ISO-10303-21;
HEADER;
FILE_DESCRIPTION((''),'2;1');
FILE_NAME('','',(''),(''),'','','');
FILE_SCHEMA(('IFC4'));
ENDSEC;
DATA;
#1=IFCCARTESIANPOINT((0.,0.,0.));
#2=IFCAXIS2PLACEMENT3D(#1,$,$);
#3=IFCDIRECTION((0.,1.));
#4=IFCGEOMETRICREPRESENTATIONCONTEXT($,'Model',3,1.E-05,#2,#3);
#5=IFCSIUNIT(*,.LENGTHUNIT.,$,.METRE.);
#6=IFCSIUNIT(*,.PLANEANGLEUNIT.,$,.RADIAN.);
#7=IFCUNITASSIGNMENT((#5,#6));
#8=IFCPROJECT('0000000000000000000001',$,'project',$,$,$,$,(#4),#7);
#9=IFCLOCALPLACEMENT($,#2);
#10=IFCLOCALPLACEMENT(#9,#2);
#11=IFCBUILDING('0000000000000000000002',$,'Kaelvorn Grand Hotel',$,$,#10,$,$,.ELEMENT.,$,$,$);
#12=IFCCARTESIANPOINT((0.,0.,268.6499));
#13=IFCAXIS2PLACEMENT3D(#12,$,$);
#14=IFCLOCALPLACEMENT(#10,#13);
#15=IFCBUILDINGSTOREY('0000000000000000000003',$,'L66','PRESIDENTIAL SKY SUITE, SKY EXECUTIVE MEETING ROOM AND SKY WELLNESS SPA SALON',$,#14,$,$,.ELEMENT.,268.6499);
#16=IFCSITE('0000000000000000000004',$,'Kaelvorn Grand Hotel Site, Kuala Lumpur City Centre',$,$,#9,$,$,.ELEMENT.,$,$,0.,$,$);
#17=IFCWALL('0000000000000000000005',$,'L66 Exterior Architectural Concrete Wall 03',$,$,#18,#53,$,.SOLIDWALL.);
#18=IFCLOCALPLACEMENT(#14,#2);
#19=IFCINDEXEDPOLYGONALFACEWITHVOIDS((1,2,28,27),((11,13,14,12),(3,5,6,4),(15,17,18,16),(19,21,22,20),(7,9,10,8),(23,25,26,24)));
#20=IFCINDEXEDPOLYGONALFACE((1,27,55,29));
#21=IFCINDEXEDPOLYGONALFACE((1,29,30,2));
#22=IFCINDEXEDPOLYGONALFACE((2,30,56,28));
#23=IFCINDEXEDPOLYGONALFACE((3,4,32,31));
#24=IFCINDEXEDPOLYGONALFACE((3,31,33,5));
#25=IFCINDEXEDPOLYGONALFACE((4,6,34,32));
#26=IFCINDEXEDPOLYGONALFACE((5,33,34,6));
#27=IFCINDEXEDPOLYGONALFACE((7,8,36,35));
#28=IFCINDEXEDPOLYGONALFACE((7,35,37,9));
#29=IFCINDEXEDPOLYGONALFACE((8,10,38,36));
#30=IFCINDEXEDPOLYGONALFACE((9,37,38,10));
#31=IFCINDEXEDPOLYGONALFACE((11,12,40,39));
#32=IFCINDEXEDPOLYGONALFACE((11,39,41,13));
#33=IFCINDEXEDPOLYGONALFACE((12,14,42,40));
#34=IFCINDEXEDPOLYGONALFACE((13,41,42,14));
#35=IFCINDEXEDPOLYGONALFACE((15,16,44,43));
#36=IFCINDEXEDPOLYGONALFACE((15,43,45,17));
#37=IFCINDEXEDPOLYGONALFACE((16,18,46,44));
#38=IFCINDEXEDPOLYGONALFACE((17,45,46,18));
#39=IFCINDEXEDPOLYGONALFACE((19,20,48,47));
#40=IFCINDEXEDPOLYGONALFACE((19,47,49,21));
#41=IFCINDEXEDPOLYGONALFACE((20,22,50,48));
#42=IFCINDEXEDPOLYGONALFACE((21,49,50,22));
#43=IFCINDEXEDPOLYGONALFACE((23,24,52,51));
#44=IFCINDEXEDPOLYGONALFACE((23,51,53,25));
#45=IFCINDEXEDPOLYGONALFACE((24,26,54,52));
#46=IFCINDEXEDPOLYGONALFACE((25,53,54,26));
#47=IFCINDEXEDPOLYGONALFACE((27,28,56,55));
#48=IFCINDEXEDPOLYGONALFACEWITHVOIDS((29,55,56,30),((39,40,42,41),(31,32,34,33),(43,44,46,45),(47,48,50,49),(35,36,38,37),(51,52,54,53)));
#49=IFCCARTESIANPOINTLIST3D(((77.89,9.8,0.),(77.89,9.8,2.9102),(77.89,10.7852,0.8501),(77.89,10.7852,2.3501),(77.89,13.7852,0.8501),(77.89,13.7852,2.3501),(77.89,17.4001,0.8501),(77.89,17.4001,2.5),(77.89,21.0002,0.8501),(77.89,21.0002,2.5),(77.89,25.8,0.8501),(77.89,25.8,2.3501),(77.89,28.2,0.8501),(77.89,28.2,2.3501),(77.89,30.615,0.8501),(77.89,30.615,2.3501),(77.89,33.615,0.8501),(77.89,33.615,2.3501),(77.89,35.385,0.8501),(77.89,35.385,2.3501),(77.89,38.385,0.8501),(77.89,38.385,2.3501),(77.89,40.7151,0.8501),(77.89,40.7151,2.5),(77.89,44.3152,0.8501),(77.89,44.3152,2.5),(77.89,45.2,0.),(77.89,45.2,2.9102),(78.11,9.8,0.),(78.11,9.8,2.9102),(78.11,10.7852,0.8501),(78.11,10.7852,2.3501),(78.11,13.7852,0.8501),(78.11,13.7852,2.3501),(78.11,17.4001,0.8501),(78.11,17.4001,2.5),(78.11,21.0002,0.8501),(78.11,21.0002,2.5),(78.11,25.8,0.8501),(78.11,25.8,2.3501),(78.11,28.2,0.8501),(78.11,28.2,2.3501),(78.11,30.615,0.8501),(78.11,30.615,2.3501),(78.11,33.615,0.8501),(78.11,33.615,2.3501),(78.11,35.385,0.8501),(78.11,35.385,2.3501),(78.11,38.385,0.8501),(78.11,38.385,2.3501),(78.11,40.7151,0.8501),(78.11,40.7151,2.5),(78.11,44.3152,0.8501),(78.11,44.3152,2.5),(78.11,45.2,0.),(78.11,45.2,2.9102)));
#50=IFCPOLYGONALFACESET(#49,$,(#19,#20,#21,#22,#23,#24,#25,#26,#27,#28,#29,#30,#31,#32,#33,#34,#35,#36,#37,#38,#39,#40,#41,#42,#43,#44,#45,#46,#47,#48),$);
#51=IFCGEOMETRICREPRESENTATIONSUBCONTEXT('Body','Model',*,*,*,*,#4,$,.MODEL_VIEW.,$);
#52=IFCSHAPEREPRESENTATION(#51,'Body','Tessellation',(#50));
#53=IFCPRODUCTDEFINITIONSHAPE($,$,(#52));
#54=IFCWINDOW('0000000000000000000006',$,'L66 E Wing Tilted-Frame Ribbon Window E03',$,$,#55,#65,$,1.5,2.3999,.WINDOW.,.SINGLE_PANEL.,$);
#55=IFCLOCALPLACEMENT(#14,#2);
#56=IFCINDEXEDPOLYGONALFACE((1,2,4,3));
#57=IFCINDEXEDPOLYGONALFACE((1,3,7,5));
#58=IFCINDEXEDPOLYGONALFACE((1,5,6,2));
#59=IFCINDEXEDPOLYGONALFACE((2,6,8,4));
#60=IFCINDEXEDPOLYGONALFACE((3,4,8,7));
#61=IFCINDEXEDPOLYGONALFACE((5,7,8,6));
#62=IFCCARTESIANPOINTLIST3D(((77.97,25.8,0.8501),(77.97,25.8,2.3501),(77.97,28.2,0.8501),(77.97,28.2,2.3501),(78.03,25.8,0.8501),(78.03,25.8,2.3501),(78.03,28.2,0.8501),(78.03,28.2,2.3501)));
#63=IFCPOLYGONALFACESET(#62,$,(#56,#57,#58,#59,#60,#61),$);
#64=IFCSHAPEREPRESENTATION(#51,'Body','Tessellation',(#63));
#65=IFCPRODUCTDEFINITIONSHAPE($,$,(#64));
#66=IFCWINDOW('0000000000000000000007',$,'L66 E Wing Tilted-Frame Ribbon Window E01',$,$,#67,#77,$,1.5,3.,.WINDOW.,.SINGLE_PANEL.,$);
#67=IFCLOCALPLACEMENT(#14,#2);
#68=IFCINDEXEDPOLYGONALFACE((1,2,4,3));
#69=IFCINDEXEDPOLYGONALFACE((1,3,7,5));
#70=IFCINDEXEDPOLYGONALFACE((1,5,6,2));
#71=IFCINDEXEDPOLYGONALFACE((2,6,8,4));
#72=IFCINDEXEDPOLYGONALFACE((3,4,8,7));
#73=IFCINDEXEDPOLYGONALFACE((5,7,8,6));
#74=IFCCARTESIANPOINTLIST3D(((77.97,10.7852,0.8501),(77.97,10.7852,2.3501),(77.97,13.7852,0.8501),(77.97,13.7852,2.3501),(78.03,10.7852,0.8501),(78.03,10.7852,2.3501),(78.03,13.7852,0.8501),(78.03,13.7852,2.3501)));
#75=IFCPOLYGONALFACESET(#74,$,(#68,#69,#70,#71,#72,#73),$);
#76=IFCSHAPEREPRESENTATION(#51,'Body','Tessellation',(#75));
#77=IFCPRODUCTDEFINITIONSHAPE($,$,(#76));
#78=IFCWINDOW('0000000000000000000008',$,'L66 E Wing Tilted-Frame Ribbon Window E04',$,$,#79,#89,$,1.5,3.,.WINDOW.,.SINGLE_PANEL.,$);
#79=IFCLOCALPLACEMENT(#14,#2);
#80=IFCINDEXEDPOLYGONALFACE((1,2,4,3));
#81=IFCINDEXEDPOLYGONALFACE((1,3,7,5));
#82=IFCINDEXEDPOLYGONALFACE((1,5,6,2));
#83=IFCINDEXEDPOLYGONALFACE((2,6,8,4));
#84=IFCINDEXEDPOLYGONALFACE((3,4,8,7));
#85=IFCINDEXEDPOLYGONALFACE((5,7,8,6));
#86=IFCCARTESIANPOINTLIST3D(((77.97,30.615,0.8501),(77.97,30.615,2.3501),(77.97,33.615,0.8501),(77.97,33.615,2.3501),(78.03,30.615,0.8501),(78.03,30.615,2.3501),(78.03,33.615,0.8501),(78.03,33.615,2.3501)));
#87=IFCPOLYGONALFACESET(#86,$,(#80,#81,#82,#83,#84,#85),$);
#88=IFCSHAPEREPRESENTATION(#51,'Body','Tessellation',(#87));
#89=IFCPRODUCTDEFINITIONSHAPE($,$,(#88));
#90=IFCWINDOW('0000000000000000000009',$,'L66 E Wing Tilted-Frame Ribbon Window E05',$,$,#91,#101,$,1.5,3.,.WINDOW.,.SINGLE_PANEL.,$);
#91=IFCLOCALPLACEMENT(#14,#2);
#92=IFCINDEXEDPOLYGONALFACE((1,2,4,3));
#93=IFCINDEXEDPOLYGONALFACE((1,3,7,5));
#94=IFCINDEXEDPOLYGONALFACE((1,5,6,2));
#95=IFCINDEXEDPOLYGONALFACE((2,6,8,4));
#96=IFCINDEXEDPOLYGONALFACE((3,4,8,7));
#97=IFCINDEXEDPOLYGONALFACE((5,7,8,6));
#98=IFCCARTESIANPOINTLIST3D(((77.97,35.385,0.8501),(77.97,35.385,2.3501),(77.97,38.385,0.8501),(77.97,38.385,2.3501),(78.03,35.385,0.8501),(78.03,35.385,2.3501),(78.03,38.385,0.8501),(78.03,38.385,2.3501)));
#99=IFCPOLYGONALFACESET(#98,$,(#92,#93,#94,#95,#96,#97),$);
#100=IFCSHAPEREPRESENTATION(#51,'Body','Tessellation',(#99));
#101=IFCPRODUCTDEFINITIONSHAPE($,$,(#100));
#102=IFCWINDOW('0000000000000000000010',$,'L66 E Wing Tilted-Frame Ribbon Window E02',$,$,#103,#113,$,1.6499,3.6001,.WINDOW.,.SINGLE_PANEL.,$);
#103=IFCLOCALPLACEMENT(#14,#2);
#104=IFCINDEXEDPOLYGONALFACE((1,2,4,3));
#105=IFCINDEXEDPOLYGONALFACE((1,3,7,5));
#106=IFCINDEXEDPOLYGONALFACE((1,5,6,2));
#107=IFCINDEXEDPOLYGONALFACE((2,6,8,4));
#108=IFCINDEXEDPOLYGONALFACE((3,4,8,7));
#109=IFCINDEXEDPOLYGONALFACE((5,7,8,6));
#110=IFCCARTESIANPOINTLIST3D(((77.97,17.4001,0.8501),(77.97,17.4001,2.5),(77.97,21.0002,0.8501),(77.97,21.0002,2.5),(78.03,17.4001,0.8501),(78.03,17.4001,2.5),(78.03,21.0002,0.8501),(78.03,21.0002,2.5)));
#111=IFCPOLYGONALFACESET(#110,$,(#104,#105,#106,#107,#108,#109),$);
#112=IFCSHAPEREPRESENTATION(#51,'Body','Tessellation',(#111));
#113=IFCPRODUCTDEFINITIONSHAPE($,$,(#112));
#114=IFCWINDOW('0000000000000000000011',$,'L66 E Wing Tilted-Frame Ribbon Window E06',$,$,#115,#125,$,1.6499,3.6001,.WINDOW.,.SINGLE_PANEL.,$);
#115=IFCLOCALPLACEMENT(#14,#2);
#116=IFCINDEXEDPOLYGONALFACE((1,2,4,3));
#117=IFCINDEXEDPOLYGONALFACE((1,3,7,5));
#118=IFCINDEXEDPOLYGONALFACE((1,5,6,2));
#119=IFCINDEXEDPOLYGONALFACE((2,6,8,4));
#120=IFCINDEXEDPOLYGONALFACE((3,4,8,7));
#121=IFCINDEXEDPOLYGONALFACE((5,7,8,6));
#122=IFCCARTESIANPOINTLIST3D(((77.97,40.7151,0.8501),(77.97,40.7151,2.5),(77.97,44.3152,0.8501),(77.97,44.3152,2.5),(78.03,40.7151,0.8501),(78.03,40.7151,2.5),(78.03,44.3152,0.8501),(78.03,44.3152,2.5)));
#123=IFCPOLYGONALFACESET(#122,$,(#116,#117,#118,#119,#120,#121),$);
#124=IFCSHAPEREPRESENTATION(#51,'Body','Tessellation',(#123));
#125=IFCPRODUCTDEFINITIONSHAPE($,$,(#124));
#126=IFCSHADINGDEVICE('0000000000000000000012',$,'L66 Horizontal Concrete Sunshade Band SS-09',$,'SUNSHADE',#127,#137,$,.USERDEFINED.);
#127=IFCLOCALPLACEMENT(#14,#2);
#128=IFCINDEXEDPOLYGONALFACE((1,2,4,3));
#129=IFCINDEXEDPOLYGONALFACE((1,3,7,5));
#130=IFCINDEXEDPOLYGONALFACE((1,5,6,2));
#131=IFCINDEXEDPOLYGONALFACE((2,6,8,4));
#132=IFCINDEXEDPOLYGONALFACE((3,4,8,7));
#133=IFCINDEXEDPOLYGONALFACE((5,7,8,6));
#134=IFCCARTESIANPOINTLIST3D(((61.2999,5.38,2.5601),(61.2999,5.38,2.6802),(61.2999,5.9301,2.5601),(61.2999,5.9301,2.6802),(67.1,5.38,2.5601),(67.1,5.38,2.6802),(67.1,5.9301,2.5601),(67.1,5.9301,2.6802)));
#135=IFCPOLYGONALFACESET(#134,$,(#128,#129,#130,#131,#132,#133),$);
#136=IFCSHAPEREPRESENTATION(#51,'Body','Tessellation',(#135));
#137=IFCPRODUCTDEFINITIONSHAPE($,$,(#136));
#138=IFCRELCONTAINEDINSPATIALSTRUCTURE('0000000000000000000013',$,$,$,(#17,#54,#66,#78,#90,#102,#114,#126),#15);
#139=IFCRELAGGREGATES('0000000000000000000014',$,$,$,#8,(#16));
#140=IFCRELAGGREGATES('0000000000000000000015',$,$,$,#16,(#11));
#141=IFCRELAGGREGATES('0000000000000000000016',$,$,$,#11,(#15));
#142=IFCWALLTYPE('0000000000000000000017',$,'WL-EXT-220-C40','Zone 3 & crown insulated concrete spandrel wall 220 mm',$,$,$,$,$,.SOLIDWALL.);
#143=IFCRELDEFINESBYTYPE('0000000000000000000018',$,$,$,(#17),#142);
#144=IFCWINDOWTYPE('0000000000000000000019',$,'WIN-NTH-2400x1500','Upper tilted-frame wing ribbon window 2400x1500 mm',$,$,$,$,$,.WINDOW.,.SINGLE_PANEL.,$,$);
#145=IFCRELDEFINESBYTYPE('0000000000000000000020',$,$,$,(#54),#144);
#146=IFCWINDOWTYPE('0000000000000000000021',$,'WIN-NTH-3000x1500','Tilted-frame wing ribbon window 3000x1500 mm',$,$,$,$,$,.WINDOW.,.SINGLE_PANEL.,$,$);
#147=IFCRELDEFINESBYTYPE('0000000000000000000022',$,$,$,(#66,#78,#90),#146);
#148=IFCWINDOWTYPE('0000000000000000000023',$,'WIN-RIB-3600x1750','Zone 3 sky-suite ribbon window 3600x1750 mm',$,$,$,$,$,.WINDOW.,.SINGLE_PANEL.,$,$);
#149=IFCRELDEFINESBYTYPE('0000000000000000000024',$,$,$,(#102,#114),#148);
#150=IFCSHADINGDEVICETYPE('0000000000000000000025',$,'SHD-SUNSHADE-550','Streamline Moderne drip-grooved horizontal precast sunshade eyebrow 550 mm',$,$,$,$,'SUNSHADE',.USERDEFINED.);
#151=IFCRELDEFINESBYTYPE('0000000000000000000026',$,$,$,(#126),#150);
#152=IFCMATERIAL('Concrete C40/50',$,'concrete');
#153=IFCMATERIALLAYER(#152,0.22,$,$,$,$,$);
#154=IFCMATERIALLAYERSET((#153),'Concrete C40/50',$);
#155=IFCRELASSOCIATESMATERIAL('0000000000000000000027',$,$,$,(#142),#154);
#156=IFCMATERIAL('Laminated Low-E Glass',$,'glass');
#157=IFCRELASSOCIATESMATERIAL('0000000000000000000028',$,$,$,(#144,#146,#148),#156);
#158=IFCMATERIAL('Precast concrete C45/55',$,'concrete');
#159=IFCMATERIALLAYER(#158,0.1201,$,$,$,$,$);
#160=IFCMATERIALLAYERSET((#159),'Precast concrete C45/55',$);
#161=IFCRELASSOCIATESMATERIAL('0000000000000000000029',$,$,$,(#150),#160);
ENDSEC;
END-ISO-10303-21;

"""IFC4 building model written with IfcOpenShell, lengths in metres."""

from ifc_helpers import new_model, si_unit, direction, frame, frame_2d, origin, origin_2d, place, context, subcontext, project, spatial, rectangle, extrude, material, layer, layer_set, type_object, element, fill, save


model = new_model("IFC4")

# Units and contexts
model_context = context("Model", 3, precision=1e-05, world=origin(), true_north=direction((0.0, 1.0)))
body_context = subcontext(model_context, "Body", "Model", "MODEL_VIEW")
ifc_project = project(units=[si_unit("LENGTHUNIT", "METRE"), si_unit("PLANEANGLEUNIT", "RADIAN")], contexts=[model_context])

# Site, building, storey
site_placement = place(None, origin())
site = spatial("IfcSite", under=ifc_project, at=site_placement, Name="Kaelvorn Grand Hotel Site, Kuala Lumpur City Centre", CompositionType="ELEMENT", RefElevation=0.0)
building_placement = place(site_placement, origin())
building = spatial("IfcBuilding", under=site, at=building_placement, Name="Kaelvorn Grand Hotel", CompositionType="ELEMENT")
storey_placement = place(building_placement, frame((0.0, 0.0, 268.6499)))
storey = spatial("IfcBuildingStorey", under=building, at=storey_placement, Name="L66", Description="PRESIDENTIAL SKY SUITE, SKY EXECUTIVE MEETING ROOM AND SKY WELLNESS SPA SALON", CompositionType="ELEMENT", Elevation=268.6499)

# Shared definitions
ifc_material_1 = material(Name="Concrete C40/50", Category="concrete")

# Shared definitions
ifc_material_2 = material(Name="Precast concrete C45/55", Category="concrete")

# Shared definitions
ifc_layer_1 = layer(ifc_material_1, 0.22)
ifc_layer_set_1 = layer_set([ifc_layer_1], Name="Concrete C40/50")
wall_type = type_object("IfcWallType", Name="WL-EXT-220-C40", Description="Zone 3 & crown insulated concrete spandrel wall 220 mm", PredefinedType="SOLIDWALL", material=ifc_layer_set_1)
ifc_material_3 = material(Name="Laminated Low-E Glass", Category="glass")

# Wall, openings, windows
wall_1_placement = place(storey_placement, frame((78.0, 9.8, 0.0), z_axis=(0.0, 0.0, 1.0), x_axis=(0.0, 1.0, 0.0)))
wall_1 = element("IfcWall", 1, at=wall_1_placement, inside=storey, type_object=wall_type, Name="L66 Exterior Architectural Concrete Wall 03", PredefinedType="SOLIDWALL", context=body_context, shape_type="SweptSolid", body=[
    extrude(rectangle(XDim=35.3999, YDim=0.22, at=frame_2d((17.7, 0.0))), origin(), (0.0, 0.0, 1.0), 2.9102),
])
opening_1_placement = place(wall_1_placement, frame((0.9851, 0.0, 0.8501)))
opening_1 = element("IfcOpeningElement", 2, at=opening_1_placement, cuts=wall_1, PredefinedType="OPENING", context=body_context, shape_type="SweptSolid", body=[
    extrude(rectangle(XDim=3.0, YDim=1.5, at=frame_2d((1.5, 0.75))), frame((0.0, 0.1201, 0.0), z_axis=(0.0, -1.0, 0.0), x_axis=(1.0, 0.0, 0.0)), (0.0, 0.0, 1.0), 0.24),
])
opening_2_placement = place(wall_1_placement, frame((7.6001, 0.0, 0.8501)))
opening_2 = element("IfcOpeningElement", 3, at=opening_2_placement, cuts=wall_1, PredefinedType="OPENING", context=body_context, shape_type="SweptSolid", body=[
    extrude(rectangle(XDim=3.6001, YDim=1.6499, at=frame_2d((1.8, 0.825))), frame((0.0, 0.1201, 0.0), z_axis=(0.0, -1.0, 0.0), x_axis=(1.0, 0.0, 0.0)), (0.0, 0.0, 1.0), 0.24),
])
opening_3_placement = place(wall_1_placement, frame((16.0, 0.0, 0.8501)))
opening_3 = element("IfcOpeningElement", 4, at=opening_3_placement, cuts=wall_1, PredefinedType="OPENING", context=body_context, shape_type="SweptSolid", body=[
    extrude(rectangle(XDim=2.3999, YDim=1.5, at=frame_2d((1.2, 0.75))), frame((0.0, 0.1201, 0.0), z_axis=(0.0, -1.0, 0.0), x_axis=(1.0, 0.0, 0.0)), (0.0, 0.0, 1.0), 0.24),
])
opening_4_placement = place(wall_1_placement, frame((20.8149, 0.0, 0.8501)))
opening_4 = element("IfcOpeningElement", 5, at=opening_4_placement, cuts=wall_1, PredefinedType="OPENING", context=body_context, shape_type="SweptSolid", body=[
    extrude(rectangle(XDim=3.0, YDim=1.5, at=frame_2d((1.5, 0.75))), frame((0.0, 0.1201, 0.0), z_axis=(0.0, -1.0, 0.0), x_axis=(1.0, 0.0, 0.0)), (0.0, 0.0, 1.0), 0.24),
])
opening_5_placement = place(wall_1_placement, frame((25.585, 0.0, 0.8501)))
opening_5 = element("IfcOpeningElement", 6, at=opening_5_placement, cuts=wall_1, PredefinedType="OPENING", context=body_context, shape_type="SweptSolid", body=[
    extrude(rectangle(XDim=3.0, YDim=1.5, at=frame_2d((1.5, 0.75))), frame((0.0, 0.1201, 0.0), z_axis=(0.0, -1.0, 0.0), x_axis=(1.0, 0.0, 0.0)), (0.0, 0.0, 1.0), 0.24),
])
opening_6_placement = place(wall_1_placement, frame((30.915, 0.0, 0.8501)))
opening_6 = element("IfcOpeningElement", 7, at=opening_6_placement, cuts=wall_1, PredefinedType="OPENING", context=body_context, shape_type="SweptSolid", body=[
    extrude(rectangle(XDim=3.6001, YDim=1.6499, at=frame_2d((1.8, 0.825))), frame((0.0, 0.1201, 0.0), z_axis=(0.0, -1.0, 0.0), x_axis=(1.0, 0.0, 0.0)), (0.0, 0.0, 1.0), 0.24),
])
window_type_1 = type_object("IfcWindowType", Name="WIN-NTH-2400x1500", Description="Upper tilted-frame wing ribbon window 2400x1500 mm", PartitioningType="SINGLE_PANEL", PredefinedType="WINDOW", material=ifc_material_3)
window_1_placement = place(opening_3_placement, origin())
window_1 = element("IfcWindow", 8, at=window_1_placement, inside=storey, type_object=window_type_1, Name="L66 E Wing Tilted-Frame Ribbon Window E03", OverallHeight=1.5, OverallWidth=2.3999, PartitioningType="SINGLE_PANEL", PredefinedType="WINDOW", context=body_context, shape_type="SweptSolid", body=[
    extrude(rectangle(XDim=2.3999, YDim=1.5, at=frame_2d((1.2, 0.75))), frame((0.0, 0.03, 0.0), z_axis=(0.0, -1.0, 0.0), x_axis=(1.0, 0.0, 0.0)), (0.0, 0.0, 1.0), 0.0601),
])
fill(opening_3, window_1)
window_type_2 = type_object("IfcWindowType", Name="WIN-NTH-3000x1500", Description="Tilted-frame wing ribbon window 3000x1500 mm", PartitioningType="SINGLE_PANEL", PredefinedType="WINDOW", material=ifc_material_3)
window_2_placement = place(opening_1_placement, origin())
window_2 = element("IfcWindow", 9, at=window_2_placement, inside=storey, type_object=window_type_2, Name="L66 E Wing Tilted-Frame Ribbon Window E01", OverallHeight=1.5, OverallWidth=3.0, PartitioningType="SINGLE_PANEL", PredefinedType="WINDOW", context=body_context, shape_type="SweptSolid", body=[
    extrude(rectangle(XDim=3.0, YDim=1.5, at=frame_2d((1.5, 0.75))), frame((0.0, 0.03, 0.0), z_axis=(0.0, -1.0, 0.0), x_axis=(1.0, 0.0, 0.0)), (0.0, 0.0, 1.0), 0.0601),
])
fill(opening_1, window_2)
window_3_placement = place(opening_4_placement, origin())
window_3 = element("IfcWindow", 10, at=window_3_placement, inside=storey, type_object=window_type_2, Name="L66 E Wing Tilted-Frame Ribbon Window E04", OverallHeight=1.5, OverallWidth=3.0, PartitioningType="SINGLE_PANEL", PredefinedType="WINDOW", context=body_context, shape_type="SweptSolid", body=[
    extrude(rectangle(XDim=3.0, YDim=1.5, at=frame_2d((1.5, 0.75))), frame((0.0, 0.03, 0.0), z_axis=(0.0, -1.0, 0.0), x_axis=(1.0, 0.0, 0.0)), (0.0, 0.0, 1.0), 0.0601),
])
fill(opening_4, window_3)
window_4_placement = place(opening_5_placement, origin())
window_4 = element("IfcWindow", 11, at=window_4_placement, inside=storey, type_object=window_type_2, Name="L66 E Wing Tilted-Frame Ribbon Window E05", OverallHeight=1.5, OverallWidth=3.0, PartitioningType="SINGLE_PANEL", PredefinedType="WINDOW", context=body_context, shape_type="SweptSolid", body=[
    extrude(rectangle(XDim=3.0, YDim=1.5, at=frame_2d((1.5, 0.75))), frame((0.0, 0.03, 0.0), z_axis=(0.0, -1.0, 0.0), x_axis=(1.0, 0.0, 0.0)), (0.0, 0.0, 1.0), 0.0601),
])
fill(opening_5, window_4)
window_type_3 = type_object("IfcWindowType", Name="WIN-RIB-3600x1750", Description="Zone 3 sky-suite ribbon window 3600x1750 mm", PartitioningType="SINGLE_PANEL", PredefinedType="WINDOW", material=ifc_material_3)
window_5_placement = place(opening_2_placement, origin())
window_5 = element("IfcWindow", 12, at=window_5_placement, inside=storey, type_object=window_type_3, Name="L66 E Wing Tilted-Frame Ribbon Window E02", OverallHeight=1.6499, OverallWidth=3.6001, PartitioningType="SINGLE_PANEL", PredefinedType="WINDOW", context=body_context, shape_type="SweptSolid", body=[
    extrude(rectangle(XDim=3.6001, YDim=1.6499, at=frame_2d((1.8, 0.825))), frame((0.0, 0.03, 0.0), z_axis=(0.0, -1.0, 0.0), x_axis=(1.0, 0.0, 0.0)), (0.0, 0.0, 1.0), 0.0601),
])
fill(opening_2, window_5)
window_6_placement = place(opening_6_placement, origin())
window_6 = element("IfcWindow", 13, at=window_6_placement, inside=storey, type_object=window_type_3, Name="L66 E Wing Tilted-Frame Ribbon Window E06", OverallHeight=1.6499, OverallWidth=3.6001, PartitioningType="SINGLE_PANEL", PredefinedType="WINDOW", context=body_context, shape_type="SweptSolid", body=[
    extrude(rectangle(XDim=3.6001, YDim=1.6499, at=frame_2d((1.8, 0.825))), frame((0.0, 0.03, 0.0), z_axis=(0.0, -1.0, 0.0), x_axis=(1.0, 0.0, 0.0)), (0.0, 0.0, 1.0), 0.0601),
])
fill(opening_6, window_6)

# Shading device
ifc_layer_2 = layer(ifc_material_2, 0.1201)
ifc_layer_set_2 = layer_set([ifc_layer_2], Name="Precast concrete C45/55")
shading_device_type = type_object("IfcShadingDeviceType", Name="SHD-SUNSHADE-550", Description="Streamline Moderne drip-grooved horizontal precast sunshade eyebrow 550 mm", ElementType="SUNSHADE", PredefinedType="USERDEFINED", material=ifc_layer_set_2)
shading_device_placement = place(storey_placement, frame((64.2, 5.655, 2.5601), z_axis=(0.0, 0.0, 1.0), x_axis=(1.0, 0.0, 0.0)))
element("IfcShadingDevice", 14, at=shading_device_placement, inside=storey, type_object=shading_device_type, Name="L66 Horizontal Concrete Sunshade Band SS-09", ObjectType="SUNSHADE", PredefinedType="USERDEFINED", context=body_context, shape_type="SweptSolid", body=[
    extrude(rectangle(XDim=5.8, YDim=0.55, at=origin_2d()), origin(), (0.0, 0.0, 1.0), 0.1201),
])

save(model, "model.ifc")
